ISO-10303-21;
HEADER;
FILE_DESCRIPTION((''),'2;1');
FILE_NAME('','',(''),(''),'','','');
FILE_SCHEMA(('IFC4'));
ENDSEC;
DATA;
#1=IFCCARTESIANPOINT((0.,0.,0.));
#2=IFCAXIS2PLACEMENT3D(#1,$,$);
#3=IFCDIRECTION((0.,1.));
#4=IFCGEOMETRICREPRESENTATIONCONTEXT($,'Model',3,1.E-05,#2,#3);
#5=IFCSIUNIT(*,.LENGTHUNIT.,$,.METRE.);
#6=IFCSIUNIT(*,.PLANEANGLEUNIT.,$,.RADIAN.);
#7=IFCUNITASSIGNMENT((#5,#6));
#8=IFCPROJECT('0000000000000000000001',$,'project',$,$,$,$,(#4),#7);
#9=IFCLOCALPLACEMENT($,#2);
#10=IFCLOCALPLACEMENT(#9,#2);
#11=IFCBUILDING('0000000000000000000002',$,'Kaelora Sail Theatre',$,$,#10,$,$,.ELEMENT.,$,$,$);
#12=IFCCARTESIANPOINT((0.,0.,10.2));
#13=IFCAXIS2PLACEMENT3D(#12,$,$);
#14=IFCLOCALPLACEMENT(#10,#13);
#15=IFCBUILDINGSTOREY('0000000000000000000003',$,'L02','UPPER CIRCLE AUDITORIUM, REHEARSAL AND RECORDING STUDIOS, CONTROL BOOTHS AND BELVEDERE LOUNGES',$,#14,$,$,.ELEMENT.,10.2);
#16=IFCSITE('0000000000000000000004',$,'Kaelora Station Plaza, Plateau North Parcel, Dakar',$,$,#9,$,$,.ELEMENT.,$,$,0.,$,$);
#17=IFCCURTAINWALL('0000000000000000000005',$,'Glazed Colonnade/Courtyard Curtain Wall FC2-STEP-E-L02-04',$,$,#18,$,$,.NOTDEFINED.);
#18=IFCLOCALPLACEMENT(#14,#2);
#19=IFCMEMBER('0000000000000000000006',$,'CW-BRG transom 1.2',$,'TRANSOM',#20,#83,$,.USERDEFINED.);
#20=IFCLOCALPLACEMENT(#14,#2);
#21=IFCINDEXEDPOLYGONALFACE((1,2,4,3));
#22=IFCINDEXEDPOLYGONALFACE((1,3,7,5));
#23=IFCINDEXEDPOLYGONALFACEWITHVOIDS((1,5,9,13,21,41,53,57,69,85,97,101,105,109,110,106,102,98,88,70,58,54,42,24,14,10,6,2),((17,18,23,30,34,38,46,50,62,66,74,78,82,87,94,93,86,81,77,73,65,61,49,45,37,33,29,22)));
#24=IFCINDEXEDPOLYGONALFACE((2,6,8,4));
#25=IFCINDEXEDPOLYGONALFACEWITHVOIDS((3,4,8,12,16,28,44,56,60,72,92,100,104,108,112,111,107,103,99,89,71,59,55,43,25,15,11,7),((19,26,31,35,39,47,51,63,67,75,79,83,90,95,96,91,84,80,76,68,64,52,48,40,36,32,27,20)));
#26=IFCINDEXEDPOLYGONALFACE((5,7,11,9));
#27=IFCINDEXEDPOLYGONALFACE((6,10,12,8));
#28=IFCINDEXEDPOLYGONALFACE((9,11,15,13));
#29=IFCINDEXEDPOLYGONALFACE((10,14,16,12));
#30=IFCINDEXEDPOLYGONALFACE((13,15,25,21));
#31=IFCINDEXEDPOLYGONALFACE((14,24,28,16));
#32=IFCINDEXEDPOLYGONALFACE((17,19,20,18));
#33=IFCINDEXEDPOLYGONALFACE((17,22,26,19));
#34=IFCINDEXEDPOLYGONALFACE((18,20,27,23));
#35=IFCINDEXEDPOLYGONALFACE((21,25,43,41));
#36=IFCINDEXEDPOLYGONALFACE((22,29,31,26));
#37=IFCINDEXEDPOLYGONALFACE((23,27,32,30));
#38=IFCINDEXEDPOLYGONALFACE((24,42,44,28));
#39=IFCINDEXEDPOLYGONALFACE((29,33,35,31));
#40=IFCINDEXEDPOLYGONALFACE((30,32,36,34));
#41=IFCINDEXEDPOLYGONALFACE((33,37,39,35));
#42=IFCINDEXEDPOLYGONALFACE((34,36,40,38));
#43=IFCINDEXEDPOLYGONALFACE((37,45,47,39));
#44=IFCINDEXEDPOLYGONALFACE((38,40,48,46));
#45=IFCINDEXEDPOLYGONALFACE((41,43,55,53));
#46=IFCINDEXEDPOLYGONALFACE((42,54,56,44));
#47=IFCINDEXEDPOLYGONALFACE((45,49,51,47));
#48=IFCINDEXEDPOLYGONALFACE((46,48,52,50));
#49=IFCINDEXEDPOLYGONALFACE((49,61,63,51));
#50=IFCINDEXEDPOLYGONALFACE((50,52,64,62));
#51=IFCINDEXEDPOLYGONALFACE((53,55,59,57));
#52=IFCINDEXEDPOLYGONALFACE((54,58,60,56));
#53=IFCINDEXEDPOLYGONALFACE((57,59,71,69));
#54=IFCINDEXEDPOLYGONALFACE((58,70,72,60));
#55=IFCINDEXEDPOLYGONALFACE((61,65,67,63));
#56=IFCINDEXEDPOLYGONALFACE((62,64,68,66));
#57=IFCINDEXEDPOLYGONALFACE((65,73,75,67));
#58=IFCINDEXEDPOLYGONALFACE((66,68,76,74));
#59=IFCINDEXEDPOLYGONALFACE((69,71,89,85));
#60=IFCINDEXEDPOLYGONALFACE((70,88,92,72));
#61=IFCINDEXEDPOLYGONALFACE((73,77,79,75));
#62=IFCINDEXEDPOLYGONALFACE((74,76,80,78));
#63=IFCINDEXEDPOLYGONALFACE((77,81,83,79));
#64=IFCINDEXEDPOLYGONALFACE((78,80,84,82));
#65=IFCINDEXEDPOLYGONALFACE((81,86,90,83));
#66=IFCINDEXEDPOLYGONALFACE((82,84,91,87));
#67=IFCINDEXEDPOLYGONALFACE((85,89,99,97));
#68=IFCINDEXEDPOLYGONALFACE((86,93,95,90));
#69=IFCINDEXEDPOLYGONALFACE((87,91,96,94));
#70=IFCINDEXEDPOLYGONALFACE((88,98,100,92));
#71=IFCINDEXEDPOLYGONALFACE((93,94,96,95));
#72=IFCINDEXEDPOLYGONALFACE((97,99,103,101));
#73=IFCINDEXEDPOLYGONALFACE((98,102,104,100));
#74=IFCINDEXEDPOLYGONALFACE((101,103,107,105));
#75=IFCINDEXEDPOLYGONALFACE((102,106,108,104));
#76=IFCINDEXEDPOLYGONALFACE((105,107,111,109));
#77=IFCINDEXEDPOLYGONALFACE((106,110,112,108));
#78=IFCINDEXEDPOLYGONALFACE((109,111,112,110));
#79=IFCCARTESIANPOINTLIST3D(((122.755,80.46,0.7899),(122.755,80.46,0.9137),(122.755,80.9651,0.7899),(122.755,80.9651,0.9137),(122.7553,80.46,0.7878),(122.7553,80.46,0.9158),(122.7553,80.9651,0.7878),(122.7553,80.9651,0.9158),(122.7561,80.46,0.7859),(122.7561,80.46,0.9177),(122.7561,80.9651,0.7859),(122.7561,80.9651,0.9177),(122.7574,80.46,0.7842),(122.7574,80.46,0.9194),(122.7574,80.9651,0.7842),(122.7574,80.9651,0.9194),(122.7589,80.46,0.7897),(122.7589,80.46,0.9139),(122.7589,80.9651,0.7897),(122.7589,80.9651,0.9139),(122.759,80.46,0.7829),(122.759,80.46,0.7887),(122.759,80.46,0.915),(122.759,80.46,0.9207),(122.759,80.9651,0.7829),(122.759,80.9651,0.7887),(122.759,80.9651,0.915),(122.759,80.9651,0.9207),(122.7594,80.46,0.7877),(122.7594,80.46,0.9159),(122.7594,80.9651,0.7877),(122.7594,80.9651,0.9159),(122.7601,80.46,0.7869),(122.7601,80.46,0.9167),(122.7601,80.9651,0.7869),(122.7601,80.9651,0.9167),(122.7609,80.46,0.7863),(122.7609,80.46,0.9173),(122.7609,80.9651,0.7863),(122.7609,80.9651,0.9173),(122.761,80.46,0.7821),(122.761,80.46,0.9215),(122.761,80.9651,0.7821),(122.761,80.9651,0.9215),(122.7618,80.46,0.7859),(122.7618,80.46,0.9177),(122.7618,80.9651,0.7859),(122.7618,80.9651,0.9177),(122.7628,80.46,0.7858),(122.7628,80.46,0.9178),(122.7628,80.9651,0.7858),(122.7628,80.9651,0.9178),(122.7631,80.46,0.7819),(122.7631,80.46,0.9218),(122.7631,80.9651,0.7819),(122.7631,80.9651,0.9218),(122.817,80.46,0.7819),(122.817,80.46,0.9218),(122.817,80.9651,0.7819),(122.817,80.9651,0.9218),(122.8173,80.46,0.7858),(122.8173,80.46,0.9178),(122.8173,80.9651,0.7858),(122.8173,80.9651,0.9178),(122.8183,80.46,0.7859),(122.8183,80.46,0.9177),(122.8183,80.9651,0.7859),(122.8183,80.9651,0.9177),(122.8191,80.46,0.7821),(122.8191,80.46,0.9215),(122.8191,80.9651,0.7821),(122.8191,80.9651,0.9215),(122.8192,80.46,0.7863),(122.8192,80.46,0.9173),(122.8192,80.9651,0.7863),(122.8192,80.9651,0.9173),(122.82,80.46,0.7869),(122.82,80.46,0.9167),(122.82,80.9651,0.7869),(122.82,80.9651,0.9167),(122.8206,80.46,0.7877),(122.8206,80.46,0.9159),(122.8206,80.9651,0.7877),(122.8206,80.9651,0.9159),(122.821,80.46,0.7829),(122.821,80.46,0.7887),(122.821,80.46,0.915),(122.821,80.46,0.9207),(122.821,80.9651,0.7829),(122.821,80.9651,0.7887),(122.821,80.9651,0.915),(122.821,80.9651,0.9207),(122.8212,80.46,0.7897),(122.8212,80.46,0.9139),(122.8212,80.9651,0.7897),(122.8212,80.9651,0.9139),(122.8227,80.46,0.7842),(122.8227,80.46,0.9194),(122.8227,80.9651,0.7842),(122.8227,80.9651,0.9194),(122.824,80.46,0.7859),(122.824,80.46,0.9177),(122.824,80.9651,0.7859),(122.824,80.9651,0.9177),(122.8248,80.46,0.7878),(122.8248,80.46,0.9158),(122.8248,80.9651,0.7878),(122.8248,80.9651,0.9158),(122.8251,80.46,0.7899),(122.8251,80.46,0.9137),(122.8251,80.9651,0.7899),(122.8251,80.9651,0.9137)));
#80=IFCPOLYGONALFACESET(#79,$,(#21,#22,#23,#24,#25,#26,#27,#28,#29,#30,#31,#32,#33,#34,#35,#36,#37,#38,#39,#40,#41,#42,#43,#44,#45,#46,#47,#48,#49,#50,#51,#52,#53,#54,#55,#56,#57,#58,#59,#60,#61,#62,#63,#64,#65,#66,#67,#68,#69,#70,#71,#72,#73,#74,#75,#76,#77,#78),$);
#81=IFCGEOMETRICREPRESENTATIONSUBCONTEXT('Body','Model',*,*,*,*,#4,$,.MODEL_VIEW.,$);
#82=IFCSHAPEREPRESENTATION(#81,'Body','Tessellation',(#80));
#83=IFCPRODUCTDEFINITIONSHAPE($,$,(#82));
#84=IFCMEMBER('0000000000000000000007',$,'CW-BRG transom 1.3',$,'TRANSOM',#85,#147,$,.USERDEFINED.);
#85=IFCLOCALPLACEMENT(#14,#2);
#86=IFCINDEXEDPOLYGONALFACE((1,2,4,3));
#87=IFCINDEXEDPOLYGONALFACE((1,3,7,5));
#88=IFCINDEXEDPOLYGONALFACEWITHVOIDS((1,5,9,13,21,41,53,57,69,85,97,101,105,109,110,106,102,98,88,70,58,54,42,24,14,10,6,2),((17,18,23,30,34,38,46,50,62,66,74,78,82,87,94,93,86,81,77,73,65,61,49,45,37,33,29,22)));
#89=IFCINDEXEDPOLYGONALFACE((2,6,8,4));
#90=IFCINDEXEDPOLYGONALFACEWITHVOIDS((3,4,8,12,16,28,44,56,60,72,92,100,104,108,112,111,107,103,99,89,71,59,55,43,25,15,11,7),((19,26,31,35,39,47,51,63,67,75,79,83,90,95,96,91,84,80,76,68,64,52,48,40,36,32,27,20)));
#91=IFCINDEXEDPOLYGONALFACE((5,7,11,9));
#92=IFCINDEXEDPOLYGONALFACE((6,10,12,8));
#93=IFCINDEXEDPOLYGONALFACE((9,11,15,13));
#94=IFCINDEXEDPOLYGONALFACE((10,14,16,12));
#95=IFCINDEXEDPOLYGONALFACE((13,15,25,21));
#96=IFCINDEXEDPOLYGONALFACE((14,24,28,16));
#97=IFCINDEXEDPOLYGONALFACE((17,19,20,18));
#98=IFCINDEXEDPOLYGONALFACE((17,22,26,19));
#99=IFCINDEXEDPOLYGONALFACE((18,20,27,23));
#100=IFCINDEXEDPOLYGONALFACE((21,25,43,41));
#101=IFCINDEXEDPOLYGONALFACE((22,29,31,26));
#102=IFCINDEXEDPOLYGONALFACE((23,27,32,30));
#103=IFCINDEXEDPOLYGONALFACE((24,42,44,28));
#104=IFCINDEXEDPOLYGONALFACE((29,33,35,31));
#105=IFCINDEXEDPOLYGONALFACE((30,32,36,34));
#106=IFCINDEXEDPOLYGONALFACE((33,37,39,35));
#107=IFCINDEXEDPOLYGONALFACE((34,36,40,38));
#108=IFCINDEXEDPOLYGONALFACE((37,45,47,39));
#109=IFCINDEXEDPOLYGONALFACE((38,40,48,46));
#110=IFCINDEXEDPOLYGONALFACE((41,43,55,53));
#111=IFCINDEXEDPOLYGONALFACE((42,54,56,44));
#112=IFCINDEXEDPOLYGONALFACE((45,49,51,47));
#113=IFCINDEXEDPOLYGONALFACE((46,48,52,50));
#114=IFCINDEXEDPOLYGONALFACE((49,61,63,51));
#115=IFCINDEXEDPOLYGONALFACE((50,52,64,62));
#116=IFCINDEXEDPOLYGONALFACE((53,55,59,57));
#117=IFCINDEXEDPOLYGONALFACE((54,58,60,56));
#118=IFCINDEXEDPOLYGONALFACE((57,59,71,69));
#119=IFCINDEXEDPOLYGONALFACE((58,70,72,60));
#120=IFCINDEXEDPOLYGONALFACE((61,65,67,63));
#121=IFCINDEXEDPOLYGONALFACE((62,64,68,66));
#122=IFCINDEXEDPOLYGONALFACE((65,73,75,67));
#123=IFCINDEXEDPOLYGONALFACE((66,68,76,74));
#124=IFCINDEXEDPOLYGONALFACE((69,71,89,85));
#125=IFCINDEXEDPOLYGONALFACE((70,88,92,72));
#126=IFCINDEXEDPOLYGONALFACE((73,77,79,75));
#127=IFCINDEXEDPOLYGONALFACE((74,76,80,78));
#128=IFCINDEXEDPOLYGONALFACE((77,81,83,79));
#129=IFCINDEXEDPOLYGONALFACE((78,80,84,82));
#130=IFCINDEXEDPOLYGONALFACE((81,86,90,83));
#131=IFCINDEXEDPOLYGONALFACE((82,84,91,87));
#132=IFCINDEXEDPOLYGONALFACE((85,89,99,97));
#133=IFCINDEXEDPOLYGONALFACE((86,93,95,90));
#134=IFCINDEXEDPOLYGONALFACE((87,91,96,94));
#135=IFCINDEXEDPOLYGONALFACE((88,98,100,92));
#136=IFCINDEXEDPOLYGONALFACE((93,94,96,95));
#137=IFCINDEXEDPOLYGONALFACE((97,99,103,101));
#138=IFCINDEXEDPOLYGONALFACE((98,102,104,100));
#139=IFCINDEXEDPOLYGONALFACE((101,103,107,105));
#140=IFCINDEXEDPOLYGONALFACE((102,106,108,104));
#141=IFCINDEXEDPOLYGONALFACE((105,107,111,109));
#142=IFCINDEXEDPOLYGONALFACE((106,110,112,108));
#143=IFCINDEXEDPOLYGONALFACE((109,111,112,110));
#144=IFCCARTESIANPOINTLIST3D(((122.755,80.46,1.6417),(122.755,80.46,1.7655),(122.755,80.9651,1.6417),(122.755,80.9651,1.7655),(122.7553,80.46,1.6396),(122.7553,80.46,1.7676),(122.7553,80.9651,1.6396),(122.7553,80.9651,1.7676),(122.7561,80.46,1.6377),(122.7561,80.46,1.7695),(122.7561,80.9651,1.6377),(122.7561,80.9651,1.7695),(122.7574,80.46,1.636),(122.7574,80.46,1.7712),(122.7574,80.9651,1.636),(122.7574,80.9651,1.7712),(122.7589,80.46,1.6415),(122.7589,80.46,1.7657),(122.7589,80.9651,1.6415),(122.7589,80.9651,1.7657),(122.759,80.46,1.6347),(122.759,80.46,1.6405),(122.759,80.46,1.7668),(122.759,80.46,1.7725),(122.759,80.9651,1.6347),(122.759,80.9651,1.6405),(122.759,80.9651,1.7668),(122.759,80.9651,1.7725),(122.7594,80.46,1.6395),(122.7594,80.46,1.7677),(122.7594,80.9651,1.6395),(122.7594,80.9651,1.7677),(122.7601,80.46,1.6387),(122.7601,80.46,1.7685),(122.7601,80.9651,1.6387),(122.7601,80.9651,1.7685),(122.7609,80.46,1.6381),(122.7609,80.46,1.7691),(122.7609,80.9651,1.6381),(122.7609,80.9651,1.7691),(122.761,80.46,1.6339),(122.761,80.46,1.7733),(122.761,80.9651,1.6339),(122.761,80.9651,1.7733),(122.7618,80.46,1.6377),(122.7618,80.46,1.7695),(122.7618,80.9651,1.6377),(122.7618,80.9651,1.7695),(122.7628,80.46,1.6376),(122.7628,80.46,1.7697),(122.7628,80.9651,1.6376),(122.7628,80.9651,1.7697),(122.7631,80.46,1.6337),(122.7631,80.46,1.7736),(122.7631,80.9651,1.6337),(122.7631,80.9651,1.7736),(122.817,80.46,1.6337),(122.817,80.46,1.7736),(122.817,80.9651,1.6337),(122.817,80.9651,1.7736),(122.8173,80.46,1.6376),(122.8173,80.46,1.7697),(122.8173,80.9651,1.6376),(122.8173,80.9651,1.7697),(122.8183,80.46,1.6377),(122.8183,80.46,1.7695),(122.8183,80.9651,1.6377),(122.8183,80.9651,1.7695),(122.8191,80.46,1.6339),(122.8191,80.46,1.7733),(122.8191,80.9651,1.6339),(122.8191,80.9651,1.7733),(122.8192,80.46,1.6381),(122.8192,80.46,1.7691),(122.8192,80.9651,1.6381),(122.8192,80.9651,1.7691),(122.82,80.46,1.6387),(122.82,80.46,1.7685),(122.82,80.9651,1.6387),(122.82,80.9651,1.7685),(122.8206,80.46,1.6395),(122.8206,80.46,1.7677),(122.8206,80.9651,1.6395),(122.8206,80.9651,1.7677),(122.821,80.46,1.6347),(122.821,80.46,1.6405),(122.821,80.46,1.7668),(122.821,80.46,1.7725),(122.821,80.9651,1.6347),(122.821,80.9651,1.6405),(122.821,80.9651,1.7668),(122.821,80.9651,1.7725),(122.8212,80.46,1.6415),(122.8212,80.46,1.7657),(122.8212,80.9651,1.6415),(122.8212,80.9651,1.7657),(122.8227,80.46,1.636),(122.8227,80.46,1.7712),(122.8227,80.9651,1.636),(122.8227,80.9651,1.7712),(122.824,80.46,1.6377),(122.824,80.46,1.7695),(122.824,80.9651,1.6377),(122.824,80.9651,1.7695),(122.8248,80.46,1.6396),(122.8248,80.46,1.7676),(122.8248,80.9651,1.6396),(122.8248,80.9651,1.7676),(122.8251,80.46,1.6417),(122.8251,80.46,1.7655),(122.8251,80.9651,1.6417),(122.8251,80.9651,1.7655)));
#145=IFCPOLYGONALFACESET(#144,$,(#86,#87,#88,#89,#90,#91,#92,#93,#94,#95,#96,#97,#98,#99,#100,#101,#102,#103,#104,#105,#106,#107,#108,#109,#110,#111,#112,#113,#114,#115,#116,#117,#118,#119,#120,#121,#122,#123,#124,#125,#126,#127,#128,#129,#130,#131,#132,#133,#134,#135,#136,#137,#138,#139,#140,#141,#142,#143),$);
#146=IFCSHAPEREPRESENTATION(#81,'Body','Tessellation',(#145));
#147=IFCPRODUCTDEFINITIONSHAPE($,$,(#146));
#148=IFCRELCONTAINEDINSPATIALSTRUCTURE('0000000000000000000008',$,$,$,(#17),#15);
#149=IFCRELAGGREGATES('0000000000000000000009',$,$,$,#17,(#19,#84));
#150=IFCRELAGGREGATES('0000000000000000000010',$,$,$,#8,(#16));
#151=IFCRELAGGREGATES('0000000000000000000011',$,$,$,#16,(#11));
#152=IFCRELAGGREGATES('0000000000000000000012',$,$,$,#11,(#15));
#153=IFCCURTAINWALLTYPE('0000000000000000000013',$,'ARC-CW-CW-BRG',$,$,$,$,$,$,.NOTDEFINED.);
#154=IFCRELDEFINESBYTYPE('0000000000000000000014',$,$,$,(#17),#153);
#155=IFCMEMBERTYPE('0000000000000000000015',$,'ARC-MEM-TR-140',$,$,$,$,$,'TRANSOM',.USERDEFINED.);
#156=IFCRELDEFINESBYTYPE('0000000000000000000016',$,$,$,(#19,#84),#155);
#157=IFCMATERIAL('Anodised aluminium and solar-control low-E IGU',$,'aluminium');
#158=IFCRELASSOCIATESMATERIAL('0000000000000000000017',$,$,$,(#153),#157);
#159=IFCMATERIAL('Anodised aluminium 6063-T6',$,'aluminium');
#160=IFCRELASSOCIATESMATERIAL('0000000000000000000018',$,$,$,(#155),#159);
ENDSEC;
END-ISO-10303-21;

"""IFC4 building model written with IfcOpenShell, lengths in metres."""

from ifc_helpers import new_model, si_unit, direction, frame, origin, origin_2d, place, context, subcontext, project, spatial, hollow_rectangle, extrude, material, material_profile, profile_set, type_object, element, aggregate, save


model = new_model("IFC4")

# Units and contexts
model_context = context("Model", 3, precision=1e-05, world=origin(), true_north=direction((0.0, 1.0)))
body_context = subcontext(model_context, "Body", "Model", "MODEL_VIEW")
ifc_project = project(units=[si_unit("LENGTHUNIT", "METRE"), si_unit("PLANEANGLEUNIT", "RADIAN")], contexts=[model_context])

# Site, building, storey
site_placement = place(None, origin())
site = spatial("IfcSite", under=ifc_project, at=site_placement, Name="Kaelora Station Plaza, Plateau North Parcel, Dakar", CompositionType="ELEMENT", RefElevation=0.0)
building_placement = place(site_placement, origin())
building = spatial("IfcBuilding", under=site, at=building_placement, Name="Kaelora Sail Theatre", CompositionType="ELEMENT")
storey_placement = place(building_placement, frame((0.0, 0.0, 10.2)))
storey = spatial("IfcBuildingStorey", under=building, at=storey_placement, Name="L02", Description="UPPER CIRCLE AUDITORIUM, REHEARSAL AND RECORDING STUDIOS, CONTROL BOOTHS AND BELVEDERE LOUNGES", CompositionType="ELEMENT", Elevation=10.2)

# Curtain wall
ifc_material_1 = material(Name="Anodised aluminium and solar-control low-E IGU", Category="aluminium")
curtain_wall_type = type_object("IfcCurtainWallType", Name="ARC-CW-CW-BRG", PredefinedType="NOTDEFINED", material=ifc_material_1)
curtain_wall_1_placement = place(storey_placement, origin())
curtain_wall_1 = element("IfcCurtainWall", 1, at=curtain_wall_1_placement, inside=storey, type_object=curtain_wall_type, Name="Glazed Colonnade/Courtyard Curtain Wall FC2-STEP-E-L02-04", PredefinedType="NOTDEFINED")

# Members
ifc_material_2 = material(Name="Anodised aluminium 6063-T6", Category="aluminium")
ifc_material_profile_1 = material_profile(ifc_material_2, hollow_rectangle(XDim=0.0701, YDim=0.1399, WallThickness=0.0039, InnerFilletRadius=0.0039, OuterFilletRadius=0.0081, at=origin_2d()), Name="ALU-TRAN 70x140x4")
ifc_profile_set_1 = profile_set([ifc_material_profile_1], Name="Anodised aluminium 6063-T6")
member_type_1 = type_object("IfcMemberType", Name="ARC-MEM-TR-140", ElementType="TRANSOM", PredefinedType="USERDEFINED", material=ifc_profile_set_1)
member_1_placement = place(storey_placement, frame((122.79, 80.46, 0.8518), z_axis=(0.0, 1.0, 0.0), x_axis=(-1.0, 0.0, 0.0)))
member_1 = element("IfcMember", 2, at=member_1_placement, type_object=member_type_1, Name="CW-BRG transom 1.2", ObjectType="TRANSOM", PredefinedType="USERDEFINED", context=body_context, shape_type="SweptSolid", body=[
    extrude(hollow_rectangle(XDim=0.0701, YDim=0.1399, WallThickness=0.0039, InnerFilletRadius=0.0039, OuterFilletRadius=0.0081, at=origin_2d()), origin(), (0.0, 0.0, 1.0), 0.5051),
])
member_2_placement = place(storey_placement, frame((122.79, 80.46, 1.7036), z_axis=(0.0, 1.0, 0.0), x_axis=(-1.0, 0.0, 0.0)))
member_2 = element("IfcMember", 3, at=member_2_placement, type_object=member_type_1, Name="CW-BRG transom 1.3", ObjectType="TRANSOM", PredefinedType="USERDEFINED", context=body_context, shape_type="SweptSolid", body=[
    extrude(hollow_rectangle(XDim=0.0701, YDim=0.1399, WallThickness=0.0039, InnerFilletRadius=0.0039, OuterFilletRadius=0.0081, at=origin_2d()), origin(), (0.0, 0.0, 1.0), 0.5051),
])

aggregate(curtain_wall_1, [member_1, member_2])

save(model, "model.ifc")
